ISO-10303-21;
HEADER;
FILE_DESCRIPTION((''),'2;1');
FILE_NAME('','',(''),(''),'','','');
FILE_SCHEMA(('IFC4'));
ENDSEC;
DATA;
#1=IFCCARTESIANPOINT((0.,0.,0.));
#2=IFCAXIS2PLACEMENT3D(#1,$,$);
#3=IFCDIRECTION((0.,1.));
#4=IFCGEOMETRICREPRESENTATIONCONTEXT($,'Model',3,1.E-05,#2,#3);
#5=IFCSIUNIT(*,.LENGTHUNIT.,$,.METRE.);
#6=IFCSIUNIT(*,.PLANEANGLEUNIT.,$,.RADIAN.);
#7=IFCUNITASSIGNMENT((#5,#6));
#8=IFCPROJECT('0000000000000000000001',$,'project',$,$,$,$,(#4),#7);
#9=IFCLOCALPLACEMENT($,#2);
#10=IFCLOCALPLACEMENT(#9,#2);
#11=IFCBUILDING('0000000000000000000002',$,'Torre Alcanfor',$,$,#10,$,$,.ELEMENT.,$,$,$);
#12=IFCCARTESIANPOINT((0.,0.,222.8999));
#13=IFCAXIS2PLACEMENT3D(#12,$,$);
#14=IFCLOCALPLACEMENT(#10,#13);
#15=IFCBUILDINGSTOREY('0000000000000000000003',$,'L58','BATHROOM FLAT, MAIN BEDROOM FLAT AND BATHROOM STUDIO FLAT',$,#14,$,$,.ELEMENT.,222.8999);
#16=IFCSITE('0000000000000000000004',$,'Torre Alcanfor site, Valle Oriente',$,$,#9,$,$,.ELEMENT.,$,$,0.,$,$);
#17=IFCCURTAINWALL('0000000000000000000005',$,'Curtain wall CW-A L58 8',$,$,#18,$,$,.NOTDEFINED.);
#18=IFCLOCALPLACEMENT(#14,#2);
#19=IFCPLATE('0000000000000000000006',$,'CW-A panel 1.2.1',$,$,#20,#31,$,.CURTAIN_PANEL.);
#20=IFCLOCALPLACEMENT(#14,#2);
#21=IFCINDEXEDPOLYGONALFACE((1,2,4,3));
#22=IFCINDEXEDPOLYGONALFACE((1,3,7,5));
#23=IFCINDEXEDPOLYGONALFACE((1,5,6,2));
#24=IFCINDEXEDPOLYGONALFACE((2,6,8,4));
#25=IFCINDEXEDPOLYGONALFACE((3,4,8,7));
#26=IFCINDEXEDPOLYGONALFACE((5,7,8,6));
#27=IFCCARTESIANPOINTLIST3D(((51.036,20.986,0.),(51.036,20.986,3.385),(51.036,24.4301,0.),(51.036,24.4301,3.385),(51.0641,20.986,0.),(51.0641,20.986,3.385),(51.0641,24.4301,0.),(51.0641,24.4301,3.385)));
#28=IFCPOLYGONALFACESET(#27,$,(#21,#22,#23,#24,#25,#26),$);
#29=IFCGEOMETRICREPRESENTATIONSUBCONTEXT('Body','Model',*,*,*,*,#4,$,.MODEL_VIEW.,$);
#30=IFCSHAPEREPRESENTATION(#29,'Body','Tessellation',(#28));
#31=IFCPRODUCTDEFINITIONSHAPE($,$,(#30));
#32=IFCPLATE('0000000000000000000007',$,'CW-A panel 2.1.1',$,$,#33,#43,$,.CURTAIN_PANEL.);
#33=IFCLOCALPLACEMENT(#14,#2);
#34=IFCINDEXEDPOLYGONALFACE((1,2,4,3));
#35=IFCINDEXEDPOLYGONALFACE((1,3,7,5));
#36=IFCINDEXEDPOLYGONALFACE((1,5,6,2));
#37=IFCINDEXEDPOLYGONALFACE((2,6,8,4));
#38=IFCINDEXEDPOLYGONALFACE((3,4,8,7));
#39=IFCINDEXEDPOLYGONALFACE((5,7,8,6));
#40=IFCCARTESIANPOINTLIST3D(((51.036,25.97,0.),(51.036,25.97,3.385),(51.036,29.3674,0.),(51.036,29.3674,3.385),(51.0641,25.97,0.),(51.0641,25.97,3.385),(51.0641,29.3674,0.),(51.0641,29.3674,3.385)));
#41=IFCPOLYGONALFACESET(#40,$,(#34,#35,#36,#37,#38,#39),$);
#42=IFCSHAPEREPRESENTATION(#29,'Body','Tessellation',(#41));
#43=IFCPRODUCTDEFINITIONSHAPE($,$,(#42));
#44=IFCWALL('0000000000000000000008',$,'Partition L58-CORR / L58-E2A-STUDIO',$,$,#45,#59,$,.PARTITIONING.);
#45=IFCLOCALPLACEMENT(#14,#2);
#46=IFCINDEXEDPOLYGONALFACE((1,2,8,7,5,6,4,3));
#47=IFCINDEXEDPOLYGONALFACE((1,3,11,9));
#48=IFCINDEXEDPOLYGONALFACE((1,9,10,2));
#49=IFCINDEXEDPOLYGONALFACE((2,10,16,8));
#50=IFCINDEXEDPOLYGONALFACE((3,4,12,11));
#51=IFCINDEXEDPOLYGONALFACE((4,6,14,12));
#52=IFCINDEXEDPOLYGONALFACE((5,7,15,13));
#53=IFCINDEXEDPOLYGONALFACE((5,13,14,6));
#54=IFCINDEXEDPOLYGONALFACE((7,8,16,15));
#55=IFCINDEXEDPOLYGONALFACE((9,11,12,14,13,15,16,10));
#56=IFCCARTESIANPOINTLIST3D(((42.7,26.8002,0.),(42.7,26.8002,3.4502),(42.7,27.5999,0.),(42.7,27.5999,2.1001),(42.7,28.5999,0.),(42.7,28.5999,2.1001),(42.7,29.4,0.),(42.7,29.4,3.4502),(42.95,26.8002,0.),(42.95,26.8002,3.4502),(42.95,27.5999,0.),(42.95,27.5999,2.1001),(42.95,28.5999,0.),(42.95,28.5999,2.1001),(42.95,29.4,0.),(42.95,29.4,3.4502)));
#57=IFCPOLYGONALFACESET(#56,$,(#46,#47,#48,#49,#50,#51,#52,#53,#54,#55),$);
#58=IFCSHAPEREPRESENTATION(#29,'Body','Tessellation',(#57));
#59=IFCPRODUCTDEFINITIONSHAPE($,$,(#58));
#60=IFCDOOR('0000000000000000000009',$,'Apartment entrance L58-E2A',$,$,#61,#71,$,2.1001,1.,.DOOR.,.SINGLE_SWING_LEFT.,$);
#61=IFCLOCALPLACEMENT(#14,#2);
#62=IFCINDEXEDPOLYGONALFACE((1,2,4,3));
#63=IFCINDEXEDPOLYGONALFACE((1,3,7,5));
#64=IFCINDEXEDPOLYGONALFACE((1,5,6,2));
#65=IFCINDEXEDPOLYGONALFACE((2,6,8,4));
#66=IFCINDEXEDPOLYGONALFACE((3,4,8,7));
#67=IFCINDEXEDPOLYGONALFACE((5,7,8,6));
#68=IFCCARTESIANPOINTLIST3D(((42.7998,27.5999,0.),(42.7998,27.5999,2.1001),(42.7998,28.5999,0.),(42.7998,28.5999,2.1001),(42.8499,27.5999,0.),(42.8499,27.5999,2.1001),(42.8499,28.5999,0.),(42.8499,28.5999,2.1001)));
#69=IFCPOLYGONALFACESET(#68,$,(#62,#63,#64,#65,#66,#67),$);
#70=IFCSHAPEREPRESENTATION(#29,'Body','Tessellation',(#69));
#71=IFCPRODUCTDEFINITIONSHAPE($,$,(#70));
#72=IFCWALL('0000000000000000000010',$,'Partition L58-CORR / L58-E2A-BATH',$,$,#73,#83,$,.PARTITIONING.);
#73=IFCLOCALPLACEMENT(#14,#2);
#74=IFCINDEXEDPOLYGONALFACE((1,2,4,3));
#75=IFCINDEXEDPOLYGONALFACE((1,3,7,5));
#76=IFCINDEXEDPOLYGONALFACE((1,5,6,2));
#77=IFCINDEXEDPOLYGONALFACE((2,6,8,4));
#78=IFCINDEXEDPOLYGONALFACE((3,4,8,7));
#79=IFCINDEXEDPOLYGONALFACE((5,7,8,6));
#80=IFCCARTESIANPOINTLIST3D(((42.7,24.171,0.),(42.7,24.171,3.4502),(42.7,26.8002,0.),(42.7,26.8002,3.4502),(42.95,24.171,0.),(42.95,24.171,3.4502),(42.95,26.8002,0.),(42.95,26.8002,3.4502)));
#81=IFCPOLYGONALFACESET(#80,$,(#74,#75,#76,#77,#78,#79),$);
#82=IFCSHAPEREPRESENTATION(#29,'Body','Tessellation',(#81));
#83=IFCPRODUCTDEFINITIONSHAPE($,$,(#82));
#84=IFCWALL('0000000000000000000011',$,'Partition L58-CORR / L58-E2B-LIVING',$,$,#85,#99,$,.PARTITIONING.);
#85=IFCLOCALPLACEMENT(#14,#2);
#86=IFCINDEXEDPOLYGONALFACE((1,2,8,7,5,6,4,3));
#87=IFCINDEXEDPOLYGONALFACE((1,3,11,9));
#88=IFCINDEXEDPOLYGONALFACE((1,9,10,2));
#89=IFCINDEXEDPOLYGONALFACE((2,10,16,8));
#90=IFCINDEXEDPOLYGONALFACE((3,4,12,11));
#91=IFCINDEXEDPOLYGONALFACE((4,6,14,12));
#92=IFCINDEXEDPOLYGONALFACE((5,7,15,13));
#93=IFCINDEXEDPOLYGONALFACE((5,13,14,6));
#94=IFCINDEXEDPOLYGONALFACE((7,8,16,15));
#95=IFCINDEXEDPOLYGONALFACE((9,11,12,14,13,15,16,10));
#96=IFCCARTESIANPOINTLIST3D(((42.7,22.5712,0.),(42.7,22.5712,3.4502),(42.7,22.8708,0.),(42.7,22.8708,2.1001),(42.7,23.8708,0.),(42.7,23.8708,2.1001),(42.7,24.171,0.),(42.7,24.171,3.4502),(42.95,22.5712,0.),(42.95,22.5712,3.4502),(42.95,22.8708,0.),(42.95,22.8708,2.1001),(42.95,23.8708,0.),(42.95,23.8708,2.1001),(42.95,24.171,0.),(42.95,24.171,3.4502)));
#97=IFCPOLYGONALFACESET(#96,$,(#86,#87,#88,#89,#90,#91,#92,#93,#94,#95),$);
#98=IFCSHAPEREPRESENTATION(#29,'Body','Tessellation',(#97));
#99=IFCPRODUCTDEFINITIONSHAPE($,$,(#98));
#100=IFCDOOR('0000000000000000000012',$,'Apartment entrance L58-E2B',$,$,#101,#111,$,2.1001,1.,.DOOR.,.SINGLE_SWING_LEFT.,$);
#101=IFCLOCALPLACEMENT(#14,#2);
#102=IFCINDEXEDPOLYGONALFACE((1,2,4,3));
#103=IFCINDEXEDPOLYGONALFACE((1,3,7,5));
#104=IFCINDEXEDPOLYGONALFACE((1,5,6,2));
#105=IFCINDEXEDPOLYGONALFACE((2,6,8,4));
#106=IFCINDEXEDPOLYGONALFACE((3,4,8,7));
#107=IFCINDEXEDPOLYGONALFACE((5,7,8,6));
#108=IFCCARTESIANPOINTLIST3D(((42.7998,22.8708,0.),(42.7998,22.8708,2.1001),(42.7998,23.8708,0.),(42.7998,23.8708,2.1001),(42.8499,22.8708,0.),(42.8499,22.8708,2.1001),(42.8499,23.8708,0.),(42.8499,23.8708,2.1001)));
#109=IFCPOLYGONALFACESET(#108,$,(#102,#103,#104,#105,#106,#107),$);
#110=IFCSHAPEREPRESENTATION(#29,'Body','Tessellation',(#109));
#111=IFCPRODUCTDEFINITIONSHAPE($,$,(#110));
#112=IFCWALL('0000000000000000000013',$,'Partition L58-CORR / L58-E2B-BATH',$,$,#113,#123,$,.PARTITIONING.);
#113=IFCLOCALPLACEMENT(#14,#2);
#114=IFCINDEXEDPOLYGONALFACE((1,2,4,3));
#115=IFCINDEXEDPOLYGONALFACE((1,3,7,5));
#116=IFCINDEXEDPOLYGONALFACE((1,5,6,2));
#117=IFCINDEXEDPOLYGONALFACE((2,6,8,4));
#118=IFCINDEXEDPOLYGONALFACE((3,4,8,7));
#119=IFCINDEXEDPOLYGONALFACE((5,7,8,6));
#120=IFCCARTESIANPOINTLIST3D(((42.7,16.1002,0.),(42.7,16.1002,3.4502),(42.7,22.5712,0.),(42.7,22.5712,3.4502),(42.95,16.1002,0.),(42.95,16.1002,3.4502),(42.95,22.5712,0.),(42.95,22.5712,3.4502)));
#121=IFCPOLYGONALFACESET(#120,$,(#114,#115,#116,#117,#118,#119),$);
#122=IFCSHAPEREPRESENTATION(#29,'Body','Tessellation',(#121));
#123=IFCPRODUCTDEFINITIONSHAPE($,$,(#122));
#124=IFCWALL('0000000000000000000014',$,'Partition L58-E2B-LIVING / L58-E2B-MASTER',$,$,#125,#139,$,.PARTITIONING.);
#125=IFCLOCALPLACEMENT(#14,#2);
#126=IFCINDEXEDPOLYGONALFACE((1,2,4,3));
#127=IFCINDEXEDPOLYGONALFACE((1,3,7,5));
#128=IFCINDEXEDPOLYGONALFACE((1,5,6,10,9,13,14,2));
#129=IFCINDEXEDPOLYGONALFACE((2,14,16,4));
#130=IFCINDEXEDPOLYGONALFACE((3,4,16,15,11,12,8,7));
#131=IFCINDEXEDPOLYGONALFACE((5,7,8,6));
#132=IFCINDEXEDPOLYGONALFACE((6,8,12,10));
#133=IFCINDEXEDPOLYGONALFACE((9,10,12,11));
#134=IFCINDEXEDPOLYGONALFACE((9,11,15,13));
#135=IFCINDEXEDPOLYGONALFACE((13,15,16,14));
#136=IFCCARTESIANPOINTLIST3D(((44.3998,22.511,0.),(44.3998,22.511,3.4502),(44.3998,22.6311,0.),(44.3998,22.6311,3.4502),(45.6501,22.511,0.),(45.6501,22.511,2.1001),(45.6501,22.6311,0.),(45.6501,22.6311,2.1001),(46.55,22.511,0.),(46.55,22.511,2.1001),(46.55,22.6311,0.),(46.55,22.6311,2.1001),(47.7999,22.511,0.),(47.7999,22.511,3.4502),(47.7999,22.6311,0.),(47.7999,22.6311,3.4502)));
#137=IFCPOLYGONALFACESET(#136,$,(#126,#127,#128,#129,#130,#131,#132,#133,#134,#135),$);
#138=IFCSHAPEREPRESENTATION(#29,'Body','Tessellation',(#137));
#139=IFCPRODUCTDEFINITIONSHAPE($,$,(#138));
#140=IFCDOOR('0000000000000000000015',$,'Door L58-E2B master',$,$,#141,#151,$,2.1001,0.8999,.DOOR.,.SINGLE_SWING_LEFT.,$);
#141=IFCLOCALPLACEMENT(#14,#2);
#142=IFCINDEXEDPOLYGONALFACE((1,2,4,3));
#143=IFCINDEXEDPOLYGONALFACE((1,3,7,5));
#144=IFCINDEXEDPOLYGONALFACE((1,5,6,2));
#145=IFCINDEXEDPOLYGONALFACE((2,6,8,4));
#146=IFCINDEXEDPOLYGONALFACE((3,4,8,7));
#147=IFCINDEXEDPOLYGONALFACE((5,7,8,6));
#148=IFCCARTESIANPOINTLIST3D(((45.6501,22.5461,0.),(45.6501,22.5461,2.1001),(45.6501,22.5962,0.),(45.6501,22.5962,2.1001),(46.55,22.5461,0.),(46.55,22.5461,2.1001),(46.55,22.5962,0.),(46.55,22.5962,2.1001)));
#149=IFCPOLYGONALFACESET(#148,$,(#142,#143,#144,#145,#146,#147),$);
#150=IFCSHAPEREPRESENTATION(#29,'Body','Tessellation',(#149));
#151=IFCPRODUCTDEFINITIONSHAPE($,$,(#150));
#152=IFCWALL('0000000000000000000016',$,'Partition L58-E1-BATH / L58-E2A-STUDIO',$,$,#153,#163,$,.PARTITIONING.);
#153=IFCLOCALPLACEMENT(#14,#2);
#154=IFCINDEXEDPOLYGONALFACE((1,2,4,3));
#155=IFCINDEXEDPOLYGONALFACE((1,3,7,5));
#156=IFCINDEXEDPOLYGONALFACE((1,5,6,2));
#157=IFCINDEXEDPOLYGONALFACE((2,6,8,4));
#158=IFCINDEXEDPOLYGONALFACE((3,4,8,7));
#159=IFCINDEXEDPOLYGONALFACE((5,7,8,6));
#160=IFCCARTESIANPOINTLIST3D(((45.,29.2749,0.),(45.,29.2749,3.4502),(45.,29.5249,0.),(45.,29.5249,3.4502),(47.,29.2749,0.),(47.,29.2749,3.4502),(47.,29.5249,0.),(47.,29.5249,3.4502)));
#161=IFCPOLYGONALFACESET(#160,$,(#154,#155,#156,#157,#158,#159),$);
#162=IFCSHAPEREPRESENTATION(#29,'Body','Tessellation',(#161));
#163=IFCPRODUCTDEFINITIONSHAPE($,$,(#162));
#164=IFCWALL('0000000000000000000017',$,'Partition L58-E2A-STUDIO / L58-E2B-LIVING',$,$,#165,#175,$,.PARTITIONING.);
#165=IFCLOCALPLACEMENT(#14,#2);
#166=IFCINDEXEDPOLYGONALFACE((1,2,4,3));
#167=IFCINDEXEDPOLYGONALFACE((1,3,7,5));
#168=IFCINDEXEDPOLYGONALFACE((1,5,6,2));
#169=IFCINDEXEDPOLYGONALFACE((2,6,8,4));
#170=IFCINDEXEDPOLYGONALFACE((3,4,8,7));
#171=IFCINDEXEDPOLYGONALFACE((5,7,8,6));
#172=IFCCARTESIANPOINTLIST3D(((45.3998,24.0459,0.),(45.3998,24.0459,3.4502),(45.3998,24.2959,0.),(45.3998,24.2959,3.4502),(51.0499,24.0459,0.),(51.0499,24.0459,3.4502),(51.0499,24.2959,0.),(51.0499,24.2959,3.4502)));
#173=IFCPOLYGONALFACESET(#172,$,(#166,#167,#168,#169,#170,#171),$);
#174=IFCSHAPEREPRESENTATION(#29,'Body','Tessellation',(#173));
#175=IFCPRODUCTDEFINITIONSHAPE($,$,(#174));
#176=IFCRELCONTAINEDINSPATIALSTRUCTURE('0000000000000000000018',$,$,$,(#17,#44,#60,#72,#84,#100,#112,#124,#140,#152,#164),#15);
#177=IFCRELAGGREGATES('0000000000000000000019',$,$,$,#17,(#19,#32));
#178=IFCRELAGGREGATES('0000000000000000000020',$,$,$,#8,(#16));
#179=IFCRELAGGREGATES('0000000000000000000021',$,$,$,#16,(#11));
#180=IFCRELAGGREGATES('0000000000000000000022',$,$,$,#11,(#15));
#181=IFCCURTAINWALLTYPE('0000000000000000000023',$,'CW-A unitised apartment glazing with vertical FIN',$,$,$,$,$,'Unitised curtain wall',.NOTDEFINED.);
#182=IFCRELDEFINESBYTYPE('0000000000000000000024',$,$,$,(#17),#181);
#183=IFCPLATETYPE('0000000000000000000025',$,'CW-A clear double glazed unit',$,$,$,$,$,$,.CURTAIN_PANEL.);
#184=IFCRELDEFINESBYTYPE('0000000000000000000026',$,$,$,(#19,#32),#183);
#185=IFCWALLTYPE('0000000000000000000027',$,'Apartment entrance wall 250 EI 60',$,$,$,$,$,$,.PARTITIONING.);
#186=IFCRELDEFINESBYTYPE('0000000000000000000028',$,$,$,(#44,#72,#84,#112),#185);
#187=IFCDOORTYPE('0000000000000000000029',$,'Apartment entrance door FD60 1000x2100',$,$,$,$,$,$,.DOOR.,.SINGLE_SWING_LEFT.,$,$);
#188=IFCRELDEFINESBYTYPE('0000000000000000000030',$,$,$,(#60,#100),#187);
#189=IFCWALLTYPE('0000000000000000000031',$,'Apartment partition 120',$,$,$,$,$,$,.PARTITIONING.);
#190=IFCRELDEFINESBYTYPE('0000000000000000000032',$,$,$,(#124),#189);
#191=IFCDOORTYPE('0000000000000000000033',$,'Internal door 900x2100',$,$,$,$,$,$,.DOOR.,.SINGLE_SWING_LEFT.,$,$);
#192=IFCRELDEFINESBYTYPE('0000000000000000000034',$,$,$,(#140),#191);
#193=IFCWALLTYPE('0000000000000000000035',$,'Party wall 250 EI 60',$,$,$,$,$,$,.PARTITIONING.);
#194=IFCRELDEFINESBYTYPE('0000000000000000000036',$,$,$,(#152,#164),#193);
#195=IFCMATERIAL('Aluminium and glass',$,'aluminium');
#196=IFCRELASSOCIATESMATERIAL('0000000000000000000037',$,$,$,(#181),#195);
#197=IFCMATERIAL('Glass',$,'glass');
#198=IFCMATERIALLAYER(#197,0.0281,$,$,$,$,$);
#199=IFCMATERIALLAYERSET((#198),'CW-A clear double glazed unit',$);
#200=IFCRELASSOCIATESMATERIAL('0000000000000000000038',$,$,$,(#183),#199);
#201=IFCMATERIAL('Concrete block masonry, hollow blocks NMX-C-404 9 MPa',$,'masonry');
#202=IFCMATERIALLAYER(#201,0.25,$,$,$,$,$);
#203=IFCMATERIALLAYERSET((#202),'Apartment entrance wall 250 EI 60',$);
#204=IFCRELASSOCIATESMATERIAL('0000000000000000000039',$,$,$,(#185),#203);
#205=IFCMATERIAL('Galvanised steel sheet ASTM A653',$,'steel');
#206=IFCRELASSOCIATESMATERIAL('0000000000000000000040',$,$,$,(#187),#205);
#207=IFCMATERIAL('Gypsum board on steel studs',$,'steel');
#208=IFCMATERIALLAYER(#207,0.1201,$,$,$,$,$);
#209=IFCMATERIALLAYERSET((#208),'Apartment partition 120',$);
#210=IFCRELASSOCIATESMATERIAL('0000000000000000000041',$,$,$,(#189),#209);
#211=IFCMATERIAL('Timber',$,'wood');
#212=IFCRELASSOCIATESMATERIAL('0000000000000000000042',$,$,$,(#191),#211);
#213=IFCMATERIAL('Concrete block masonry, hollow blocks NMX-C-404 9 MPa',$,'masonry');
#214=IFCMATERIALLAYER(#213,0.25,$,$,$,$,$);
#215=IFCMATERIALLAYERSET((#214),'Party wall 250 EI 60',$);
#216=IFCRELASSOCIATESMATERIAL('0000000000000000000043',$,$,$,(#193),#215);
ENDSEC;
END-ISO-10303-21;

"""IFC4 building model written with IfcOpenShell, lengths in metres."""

from ifc_helpers import new_model, si_unit, direction, frame, frame_2d, origin, origin_2d, place, context, subcontext, project, spatial, rectangle, extrude, material, layer, layer_set, type_object, element, fill, aggregate, save


model = new_model("IFC4")

# Units and contexts
model_context = context("Model", 3, precision=1e-05, world=origin(), true_north=direction((0.0, 1.0)))
body_context = subcontext(model_context, "Body", "Model", "MODEL_VIEW")
ifc_project = project(units=[si_unit("LENGTHUNIT", "METRE"), si_unit("PLANEANGLEUNIT", "RADIAN")], contexts=[model_context])

# Site, building, storey
site_placement = place(None, origin())
site = spatial("IfcSite", under=ifc_project, at=site_placement, Name="Torre Alcanfor site, Valle Oriente", CompositionType="ELEMENT", RefElevation=0.0)
building_placement = place(site_placement, origin())
building = spatial("IfcBuilding", under=site, at=building_placement, Name="Torre Alcanfor", CompositionType="ELEMENT")
storey_placement = place(building_placement, frame((0.0, 0.0, 222.8999)))
storey = spatial("IfcBuildingStorey", under=building, at=storey_placement, Name="L58", Description="BATHROOM FLAT, MAIN BEDROOM FLAT AND BATHROOM STUDIO FLAT", CompositionType="ELEMENT", Elevation=222.8999)

# Curtain wall
ifc_material_1 = material(Name="Aluminium and glass", Category="aluminium")
curtain_wall_type = type_object("IfcCurtainWallType", Name="CW-A unitised apartment glazing with vertical FIN", ElementType="Unitised curtain wall", PredefinedType="NOTDEFINED", material=ifc_material_1)
curtain_wall_placement = place(storey_placement, origin())
curtain_wall = element("IfcCurtainWall", 1, at=curtain_wall_placement, inside=storey, type_object=curtain_wall_type, Name="Curtain wall CW-A L58 8", PredefinedType="NOTDEFINED")

# Plates
ifc_material_2 = material(Name="Glass", Category="glass")
ifc_layer_1 = layer(ifc_material_2, 0.0281)
ifc_layer_set_1 = layer_set([ifc_layer_1], Name="CW-A clear double glazed unit")
plate_type = type_object("IfcPlateType", Name="CW-A clear double glazed unit", PredefinedType="CURTAIN_PANEL", material=ifc_layer_set_1)
plate_1_placement = place(storey_placement, frame((51.05, 22.708, 0.0), z_axis=(0.0, 0.0, 1.0), x_axis=(0.0, 1.0, 0.0)))
plate_1 = element("IfcPlate", 2, at=plate_1_placement, type_object=plate_type, Name="CW-A panel 1.2.1", PredefinedType="CURTAIN_PANEL", context=body_context, shape_type="SweptSolid", body=[
    extrude(rectangle(XDim=3.4441, YDim=0.0281, at=origin_2d()), origin(), (0.0, 0.0, 1.0), 3.385),
])
plate_2_placement = place(storey_placement, frame((51.05, 27.6687, 0.0), z_axis=(0.0, 0.0, 1.0), x_axis=(0.0, 1.0, 0.0)))
plate_2 = element("IfcPlate", 3, at=plate_2_placement, type_object=plate_type, Name="CW-A panel 2.1.1", PredefinedType="CURTAIN_PANEL", context=body_context, shape_type="SweptSolid", body=[
    extrude(rectangle(XDim=3.3975, YDim=0.0281, at=origin_2d()), origin(), (0.0, 0.0, 1.0), 3.385),
])
aggregate(curtain_wall, [plate_1, plate_2])

# Wall, opening, door
ifc_material_3 = material(Name="Concrete block masonry, hollow blocks NMX-C-404 9 MPa", Category="masonry")
ifc_layer_2 = layer(ifc_material_3, 0.25)
ifc_layer_set_2 = layer_set([ifc_layer_2], Name="Apartment entrance wall 250 EI 60")
wall_type_1 = type_object("IfcWallType", Name="Apartment entrance wall 250 EI 60", PredefinedType="PARTITIONING", material=ifc_layer_set_2)
wall_1_placement = place(storey_placement, frame((42.825, 29.3999, 0.0), z_axis=(0.0, 0.0, 1.0), x_axis=(0.0, -1.0, 0.0)))
wall_1 = element("IfcWall", 4, at=wall_1_placement, inside=storey, type_object=wall_type_1, Name="Partition L58-CORR / L58-E2A-STUDIO", PredefinedType="PARTITIONING", context=body_context, shape_type="SweptSolid", body=[
    extrude(rectangle(XDim=2.5999, YDim=0.25, at=frame_2d((1.2998, 0.0))), origin(), (0.0, 0.0, 1.0), 3.4502),
])
opening_1_placement = place(wall_1_placement, frame((0.8, 0.0, 0.0)))
opening_1 = element("IfcOpeningElement", 5, at=opening_1_placement, cuts=wall_1, PredefinedType="OPENING", context=body_context, shape_type="SweptSolid", body=[
    extrude(rectangle(XDim=1.0, YDim=2.1001, at=frame_2d((0.5, 1.05))), frame((0.0, 0.135, 0.0), z_axis=(0.0, -1.0, 0.0), x_axis=(1.0, 0.0, 0.0)), (0.0, 0.0, 1.0), 0.27),
])
ifc_material_4 = material(Name="Galvanised steel sheet ASTM A653", Category="steel")
door_type_1 = type_object("IfcDoorType", Name="Apartment entrance door FD60 1000x2100", OperationType="SINGLE_SWING_LEFT", PredefinedType="DOOR", material=ifc_material_4)
door_1_placement = place(opening_1_placement, origin())
door_1 = element("IfcDoor", 6, at=door_1_placement, inside=storey, type_object=door_type_1, Name="Apartment entrance L58-E2A", OperationType="SINGLE_SWING_LEFT", OverallHeight=2.1001, OverallWidth=1.0, PredefinedType="DOOR", context=body_context, shape_type="SweptSolid", body=[
    extrude(rectangle(XDim=1.0, YDim=2.1001, at=frame_2d((0.5, 1.05))), frame((0.0, 0.0249, 0.0), z_axis=(0.0, -1.0, 0.0), x_axis=(1.0, 0.0, 0.0)), (0.0, 0.0, 1.0), 0.05),
])
fill(opening_1, door_1)

# Wall
wall_2_placement = place(storey_placement, frame((42.825, 26.8, 0.0), z_axis=(0.0, 0.0, 1.0), x_axis=(0.0, -1.0, 0.0)))
element("IfcWall", 7, at=wall_2_placement, inside=storey, type_object=wall_type_1, Name="Partition L58-CORR / L58-E2A-BATH", PredefinedType="PARTITIONING", context=body_context, shape_type="SweptSolid", body=[
    extrude(rectangle(XDim=2.6292, YDim=0.25, at=frame_2d((1.3145, 0.0))), origin(), (0.0, 0.0, 1.0), 3.4502),
])

# Wall, opening, door
wall_3_placement = place(storey_placement, frame((42.825, 24.1709, 0.0), z_axis=(0.0, 0.0, 1.0), x_axis=(0.0, -1.0, 0.0)))
wall_3 = element("IfcWall", 8, at=wall_3_placement, inside=storey, type_object=wall_type_1, Name="Partition L58-CORR / L58-E2B-LIVING", PredefinedType="PARTITIONING", context=body_context, shape_type="SweptSolid", body=[
    extrude(rectangle(XDim=1.5999, YDim=0.25, at=frame_2d((0.7998, 0.0))), origin(), (0.0, 0.0, 1.0), 3.4502),
])
opening_2_placement = place(wall_3_placement, frame((0.3, 0.0, 0.0)))
opening_2 = element("IfcOpeningElement", 9, at=opening_2_placement, cuts=wall_3, PredefinedType="OPENING", context=body_context, shape_type="SweptSolid", body=[
    extrude(rectangle(XDim=1.0, YDim=2.1001, at=frame_2d((0.5, 1.05))), frame((0.0, 0.135, 0.0), z_axis=(0.0, -1.0, 0.0), x_axis=(1.0, 0.0, 0.0)), (0.0, 0.0, 1.0), 0.27),
])
door_2_placement = place(opening_2_placement, origin())
door_2 = element("IfcDoor", 10, at=door_2_placement, inside=storey, type_object=door_type_1, Name="Apartment entrance L58-E2B", OperationType="SINGLE_SWING_LEFT", OverallHeight=2.1001, OverallWidth=1.0, PredefinedType="DOOR", context=body_context, shape_type="SweptSolid", body=[
    extrude(rectangle(XDim=1.0, YDim=2.1001, at=frame_2d((0.5, 1.05))), frame((0.0, 0.0249, 0.0), z_axis=(0.0, -1.0, 0.0), x_axis=(1.0, 0.0, 0.0)), (0.0, 0.0, 1.0), 0.05),
])
fill(opening_2, door_2)

# Wall
wall_4_placement = place(storey_placement, frame((42.825, 22.571, 0.0), z_axis=(0.0, 0.0, 1.0), x_axis=(0.0, -1.0, 0.0)))
element("IfcWall", 11, at=wall_4_placement, inside=storey, type_object=wall_type_1, Name="Partition L58-CORR / L58-E2B-BATH", PredefinedType="PARTITIONING", context=body_context, shape_type="SweptSolid", body=[
    extrude(rectangle(XDim=6.4709, YDim=0.25, at=frame_2d((3.2354, 0.0))), origin(), (0.0, 0.0, 1.0), 3.4502),
])

# Wall, opening, door
ifc_material_5 = material(Name="Gypsum board on steel studs", Category="steel")
ifc_layer_3 = layer(ifc_material_5, 0.1201)
ifc_layer_set_3 = layer_set([ifc_layer_3], Name="Apartment partition 120")
wall_type_2 = type_object("IfcWallType", Name="Apartment partition 120", PredefinedType="PARTITIONING", material=ifc_layer_set_3)
wall_5_placement = place(storey_placement, frame((47.8, 22.571, 0.0), z_axis=(0.0, 0.0, 1.0), x_axis=(-1.0, 0.0, 0.0)))
wall_5 = element("IfcWall", 12, at=wall_5_placement, inside=storey, type_object=wall_type_2, Name="Partition L58-E2B-LIVING / L58-E2B-MASTER", PredefinedType="PARTITIONING", context=body_context, shape_type="SweptSolid", body=[
    extrude(rectangle(XDim=3.4001, YDim=0.1201, at=frame_2d((1.7002, 0.0))), origin(), (0.0, 0.0, 1.0), 3.4502),
])
opening_3_placement = place(wall_5_placement, frame((1.25, 0.0, 0.0)))
opening_3 = element("IfcOpeningElement", 13, at=opening_3_placement, cuts=wall_5, PredefinedType="OPENING", context=body_context, shape_type="SweptSolid", body=[
    extrude(rectangle(XDim=0.8999, YDim=2.1001, at=frame_2d((0.45, 1.05))), frame((0.0, 0.0701, 0.0), z_axis=(0.0, -1.0, 0.0), x_axis=(1.0, 0.0, 0.0)), (0.0, 0.0, 1.0), 0.1401),
])
ifc_material_6 = material(Name="Timber", Category="wood")
door_type_2 = type_object("IfcDoorType", Name="Internal door 900x2100", OperationType="SINGLE_SWING_LEFT", PredefinedType="DOOR", material=ifc_material_6)
door_3_placement = place(opening_3_placement, origin())
door_3 = element("IfcDoor", 14, at=door_3_placement, inside=storey, type_object=door_type_2, Name="Door L58-E2B master", OperationType="SINGLE_SWING_LEFT", OverallHeight=2.1001, OverallWidth=0.8999, PredefinedType="DOOR", context=body_context, shape_type="SweptSolid", body=[
    extrude(rectangle(XDim=0.8999, YDim=2.1001, at=frame_2d((0.45, 1.05))), frame((0.0, 0.0249, 0.0), z_axis=(0.0, -1.0, 0.0), x_axis=(1.0, 0.0, 0.0)), (0.0, 0.0, 1.0), 0.05),
])
fill(opening_3, door_3)

# Walls
ifc_material_7 = material(Name="Concrete block masonry, hollow blocks NMX-C-404 9 MPa", Category="masonry")
ifc_layer_4 = layer(ifc_material_7, 0.25)
ifc_layer_set_4 = layer_set([ifc_layer_4], Name="Party wall 250 EI 60")
wall_type_3 = type_object("IfcWallType", Name="Party wall 250 EI 60", PredefinedType="PARTITIONING", material=ifc_layer_set_4)
wall_6_placement = place(storey_placement, frame((45.0, 29.3999, 0.0), z_axis=(0.0, 0.0, 1.0), x_axis=(1.0, 0.0, 0.0)))
element("IfcWall", 15, at=wall_6_placement, inside=storey, type_object=wall_type_3, Name="Partition L58-E1-BATH / L58-E2A-STUDIO", PredefinedType="PARTITIONING", context=body_context, shape_type="SweptSolid", body=[
    extrude(rectangle(XDim=2.0, YDim=0.25, at=frame_2d((1.0, 0.0))), origin(), (0.0, 0.0, 1.0), 3.4502),
])
wall_7_placement = place(storey_placement, frame((51.05, 24.1709, 0.0), z_axis=(0.0, 0.0, 1.0), x_axis=(-1.0, 0.0, 0.0)))
element("IfcWall", 16, at=wall_7_placement, inside=storey, type_object=wall_type_3, Name="Partition L58-E2A-STUDIO / L58-E2B-LIVING", PredefinedType="PARTITIONING", context=body_context, shape_type="SweptSolid", body=[
    extrude(rectangle(XDim=5.6501, YDim=0.25, at=frame_2d((2.8252, 0.0))), origin(), (0.0, 0.0, 1.0), 3.4502),
])

save(model, "model.ifc")
